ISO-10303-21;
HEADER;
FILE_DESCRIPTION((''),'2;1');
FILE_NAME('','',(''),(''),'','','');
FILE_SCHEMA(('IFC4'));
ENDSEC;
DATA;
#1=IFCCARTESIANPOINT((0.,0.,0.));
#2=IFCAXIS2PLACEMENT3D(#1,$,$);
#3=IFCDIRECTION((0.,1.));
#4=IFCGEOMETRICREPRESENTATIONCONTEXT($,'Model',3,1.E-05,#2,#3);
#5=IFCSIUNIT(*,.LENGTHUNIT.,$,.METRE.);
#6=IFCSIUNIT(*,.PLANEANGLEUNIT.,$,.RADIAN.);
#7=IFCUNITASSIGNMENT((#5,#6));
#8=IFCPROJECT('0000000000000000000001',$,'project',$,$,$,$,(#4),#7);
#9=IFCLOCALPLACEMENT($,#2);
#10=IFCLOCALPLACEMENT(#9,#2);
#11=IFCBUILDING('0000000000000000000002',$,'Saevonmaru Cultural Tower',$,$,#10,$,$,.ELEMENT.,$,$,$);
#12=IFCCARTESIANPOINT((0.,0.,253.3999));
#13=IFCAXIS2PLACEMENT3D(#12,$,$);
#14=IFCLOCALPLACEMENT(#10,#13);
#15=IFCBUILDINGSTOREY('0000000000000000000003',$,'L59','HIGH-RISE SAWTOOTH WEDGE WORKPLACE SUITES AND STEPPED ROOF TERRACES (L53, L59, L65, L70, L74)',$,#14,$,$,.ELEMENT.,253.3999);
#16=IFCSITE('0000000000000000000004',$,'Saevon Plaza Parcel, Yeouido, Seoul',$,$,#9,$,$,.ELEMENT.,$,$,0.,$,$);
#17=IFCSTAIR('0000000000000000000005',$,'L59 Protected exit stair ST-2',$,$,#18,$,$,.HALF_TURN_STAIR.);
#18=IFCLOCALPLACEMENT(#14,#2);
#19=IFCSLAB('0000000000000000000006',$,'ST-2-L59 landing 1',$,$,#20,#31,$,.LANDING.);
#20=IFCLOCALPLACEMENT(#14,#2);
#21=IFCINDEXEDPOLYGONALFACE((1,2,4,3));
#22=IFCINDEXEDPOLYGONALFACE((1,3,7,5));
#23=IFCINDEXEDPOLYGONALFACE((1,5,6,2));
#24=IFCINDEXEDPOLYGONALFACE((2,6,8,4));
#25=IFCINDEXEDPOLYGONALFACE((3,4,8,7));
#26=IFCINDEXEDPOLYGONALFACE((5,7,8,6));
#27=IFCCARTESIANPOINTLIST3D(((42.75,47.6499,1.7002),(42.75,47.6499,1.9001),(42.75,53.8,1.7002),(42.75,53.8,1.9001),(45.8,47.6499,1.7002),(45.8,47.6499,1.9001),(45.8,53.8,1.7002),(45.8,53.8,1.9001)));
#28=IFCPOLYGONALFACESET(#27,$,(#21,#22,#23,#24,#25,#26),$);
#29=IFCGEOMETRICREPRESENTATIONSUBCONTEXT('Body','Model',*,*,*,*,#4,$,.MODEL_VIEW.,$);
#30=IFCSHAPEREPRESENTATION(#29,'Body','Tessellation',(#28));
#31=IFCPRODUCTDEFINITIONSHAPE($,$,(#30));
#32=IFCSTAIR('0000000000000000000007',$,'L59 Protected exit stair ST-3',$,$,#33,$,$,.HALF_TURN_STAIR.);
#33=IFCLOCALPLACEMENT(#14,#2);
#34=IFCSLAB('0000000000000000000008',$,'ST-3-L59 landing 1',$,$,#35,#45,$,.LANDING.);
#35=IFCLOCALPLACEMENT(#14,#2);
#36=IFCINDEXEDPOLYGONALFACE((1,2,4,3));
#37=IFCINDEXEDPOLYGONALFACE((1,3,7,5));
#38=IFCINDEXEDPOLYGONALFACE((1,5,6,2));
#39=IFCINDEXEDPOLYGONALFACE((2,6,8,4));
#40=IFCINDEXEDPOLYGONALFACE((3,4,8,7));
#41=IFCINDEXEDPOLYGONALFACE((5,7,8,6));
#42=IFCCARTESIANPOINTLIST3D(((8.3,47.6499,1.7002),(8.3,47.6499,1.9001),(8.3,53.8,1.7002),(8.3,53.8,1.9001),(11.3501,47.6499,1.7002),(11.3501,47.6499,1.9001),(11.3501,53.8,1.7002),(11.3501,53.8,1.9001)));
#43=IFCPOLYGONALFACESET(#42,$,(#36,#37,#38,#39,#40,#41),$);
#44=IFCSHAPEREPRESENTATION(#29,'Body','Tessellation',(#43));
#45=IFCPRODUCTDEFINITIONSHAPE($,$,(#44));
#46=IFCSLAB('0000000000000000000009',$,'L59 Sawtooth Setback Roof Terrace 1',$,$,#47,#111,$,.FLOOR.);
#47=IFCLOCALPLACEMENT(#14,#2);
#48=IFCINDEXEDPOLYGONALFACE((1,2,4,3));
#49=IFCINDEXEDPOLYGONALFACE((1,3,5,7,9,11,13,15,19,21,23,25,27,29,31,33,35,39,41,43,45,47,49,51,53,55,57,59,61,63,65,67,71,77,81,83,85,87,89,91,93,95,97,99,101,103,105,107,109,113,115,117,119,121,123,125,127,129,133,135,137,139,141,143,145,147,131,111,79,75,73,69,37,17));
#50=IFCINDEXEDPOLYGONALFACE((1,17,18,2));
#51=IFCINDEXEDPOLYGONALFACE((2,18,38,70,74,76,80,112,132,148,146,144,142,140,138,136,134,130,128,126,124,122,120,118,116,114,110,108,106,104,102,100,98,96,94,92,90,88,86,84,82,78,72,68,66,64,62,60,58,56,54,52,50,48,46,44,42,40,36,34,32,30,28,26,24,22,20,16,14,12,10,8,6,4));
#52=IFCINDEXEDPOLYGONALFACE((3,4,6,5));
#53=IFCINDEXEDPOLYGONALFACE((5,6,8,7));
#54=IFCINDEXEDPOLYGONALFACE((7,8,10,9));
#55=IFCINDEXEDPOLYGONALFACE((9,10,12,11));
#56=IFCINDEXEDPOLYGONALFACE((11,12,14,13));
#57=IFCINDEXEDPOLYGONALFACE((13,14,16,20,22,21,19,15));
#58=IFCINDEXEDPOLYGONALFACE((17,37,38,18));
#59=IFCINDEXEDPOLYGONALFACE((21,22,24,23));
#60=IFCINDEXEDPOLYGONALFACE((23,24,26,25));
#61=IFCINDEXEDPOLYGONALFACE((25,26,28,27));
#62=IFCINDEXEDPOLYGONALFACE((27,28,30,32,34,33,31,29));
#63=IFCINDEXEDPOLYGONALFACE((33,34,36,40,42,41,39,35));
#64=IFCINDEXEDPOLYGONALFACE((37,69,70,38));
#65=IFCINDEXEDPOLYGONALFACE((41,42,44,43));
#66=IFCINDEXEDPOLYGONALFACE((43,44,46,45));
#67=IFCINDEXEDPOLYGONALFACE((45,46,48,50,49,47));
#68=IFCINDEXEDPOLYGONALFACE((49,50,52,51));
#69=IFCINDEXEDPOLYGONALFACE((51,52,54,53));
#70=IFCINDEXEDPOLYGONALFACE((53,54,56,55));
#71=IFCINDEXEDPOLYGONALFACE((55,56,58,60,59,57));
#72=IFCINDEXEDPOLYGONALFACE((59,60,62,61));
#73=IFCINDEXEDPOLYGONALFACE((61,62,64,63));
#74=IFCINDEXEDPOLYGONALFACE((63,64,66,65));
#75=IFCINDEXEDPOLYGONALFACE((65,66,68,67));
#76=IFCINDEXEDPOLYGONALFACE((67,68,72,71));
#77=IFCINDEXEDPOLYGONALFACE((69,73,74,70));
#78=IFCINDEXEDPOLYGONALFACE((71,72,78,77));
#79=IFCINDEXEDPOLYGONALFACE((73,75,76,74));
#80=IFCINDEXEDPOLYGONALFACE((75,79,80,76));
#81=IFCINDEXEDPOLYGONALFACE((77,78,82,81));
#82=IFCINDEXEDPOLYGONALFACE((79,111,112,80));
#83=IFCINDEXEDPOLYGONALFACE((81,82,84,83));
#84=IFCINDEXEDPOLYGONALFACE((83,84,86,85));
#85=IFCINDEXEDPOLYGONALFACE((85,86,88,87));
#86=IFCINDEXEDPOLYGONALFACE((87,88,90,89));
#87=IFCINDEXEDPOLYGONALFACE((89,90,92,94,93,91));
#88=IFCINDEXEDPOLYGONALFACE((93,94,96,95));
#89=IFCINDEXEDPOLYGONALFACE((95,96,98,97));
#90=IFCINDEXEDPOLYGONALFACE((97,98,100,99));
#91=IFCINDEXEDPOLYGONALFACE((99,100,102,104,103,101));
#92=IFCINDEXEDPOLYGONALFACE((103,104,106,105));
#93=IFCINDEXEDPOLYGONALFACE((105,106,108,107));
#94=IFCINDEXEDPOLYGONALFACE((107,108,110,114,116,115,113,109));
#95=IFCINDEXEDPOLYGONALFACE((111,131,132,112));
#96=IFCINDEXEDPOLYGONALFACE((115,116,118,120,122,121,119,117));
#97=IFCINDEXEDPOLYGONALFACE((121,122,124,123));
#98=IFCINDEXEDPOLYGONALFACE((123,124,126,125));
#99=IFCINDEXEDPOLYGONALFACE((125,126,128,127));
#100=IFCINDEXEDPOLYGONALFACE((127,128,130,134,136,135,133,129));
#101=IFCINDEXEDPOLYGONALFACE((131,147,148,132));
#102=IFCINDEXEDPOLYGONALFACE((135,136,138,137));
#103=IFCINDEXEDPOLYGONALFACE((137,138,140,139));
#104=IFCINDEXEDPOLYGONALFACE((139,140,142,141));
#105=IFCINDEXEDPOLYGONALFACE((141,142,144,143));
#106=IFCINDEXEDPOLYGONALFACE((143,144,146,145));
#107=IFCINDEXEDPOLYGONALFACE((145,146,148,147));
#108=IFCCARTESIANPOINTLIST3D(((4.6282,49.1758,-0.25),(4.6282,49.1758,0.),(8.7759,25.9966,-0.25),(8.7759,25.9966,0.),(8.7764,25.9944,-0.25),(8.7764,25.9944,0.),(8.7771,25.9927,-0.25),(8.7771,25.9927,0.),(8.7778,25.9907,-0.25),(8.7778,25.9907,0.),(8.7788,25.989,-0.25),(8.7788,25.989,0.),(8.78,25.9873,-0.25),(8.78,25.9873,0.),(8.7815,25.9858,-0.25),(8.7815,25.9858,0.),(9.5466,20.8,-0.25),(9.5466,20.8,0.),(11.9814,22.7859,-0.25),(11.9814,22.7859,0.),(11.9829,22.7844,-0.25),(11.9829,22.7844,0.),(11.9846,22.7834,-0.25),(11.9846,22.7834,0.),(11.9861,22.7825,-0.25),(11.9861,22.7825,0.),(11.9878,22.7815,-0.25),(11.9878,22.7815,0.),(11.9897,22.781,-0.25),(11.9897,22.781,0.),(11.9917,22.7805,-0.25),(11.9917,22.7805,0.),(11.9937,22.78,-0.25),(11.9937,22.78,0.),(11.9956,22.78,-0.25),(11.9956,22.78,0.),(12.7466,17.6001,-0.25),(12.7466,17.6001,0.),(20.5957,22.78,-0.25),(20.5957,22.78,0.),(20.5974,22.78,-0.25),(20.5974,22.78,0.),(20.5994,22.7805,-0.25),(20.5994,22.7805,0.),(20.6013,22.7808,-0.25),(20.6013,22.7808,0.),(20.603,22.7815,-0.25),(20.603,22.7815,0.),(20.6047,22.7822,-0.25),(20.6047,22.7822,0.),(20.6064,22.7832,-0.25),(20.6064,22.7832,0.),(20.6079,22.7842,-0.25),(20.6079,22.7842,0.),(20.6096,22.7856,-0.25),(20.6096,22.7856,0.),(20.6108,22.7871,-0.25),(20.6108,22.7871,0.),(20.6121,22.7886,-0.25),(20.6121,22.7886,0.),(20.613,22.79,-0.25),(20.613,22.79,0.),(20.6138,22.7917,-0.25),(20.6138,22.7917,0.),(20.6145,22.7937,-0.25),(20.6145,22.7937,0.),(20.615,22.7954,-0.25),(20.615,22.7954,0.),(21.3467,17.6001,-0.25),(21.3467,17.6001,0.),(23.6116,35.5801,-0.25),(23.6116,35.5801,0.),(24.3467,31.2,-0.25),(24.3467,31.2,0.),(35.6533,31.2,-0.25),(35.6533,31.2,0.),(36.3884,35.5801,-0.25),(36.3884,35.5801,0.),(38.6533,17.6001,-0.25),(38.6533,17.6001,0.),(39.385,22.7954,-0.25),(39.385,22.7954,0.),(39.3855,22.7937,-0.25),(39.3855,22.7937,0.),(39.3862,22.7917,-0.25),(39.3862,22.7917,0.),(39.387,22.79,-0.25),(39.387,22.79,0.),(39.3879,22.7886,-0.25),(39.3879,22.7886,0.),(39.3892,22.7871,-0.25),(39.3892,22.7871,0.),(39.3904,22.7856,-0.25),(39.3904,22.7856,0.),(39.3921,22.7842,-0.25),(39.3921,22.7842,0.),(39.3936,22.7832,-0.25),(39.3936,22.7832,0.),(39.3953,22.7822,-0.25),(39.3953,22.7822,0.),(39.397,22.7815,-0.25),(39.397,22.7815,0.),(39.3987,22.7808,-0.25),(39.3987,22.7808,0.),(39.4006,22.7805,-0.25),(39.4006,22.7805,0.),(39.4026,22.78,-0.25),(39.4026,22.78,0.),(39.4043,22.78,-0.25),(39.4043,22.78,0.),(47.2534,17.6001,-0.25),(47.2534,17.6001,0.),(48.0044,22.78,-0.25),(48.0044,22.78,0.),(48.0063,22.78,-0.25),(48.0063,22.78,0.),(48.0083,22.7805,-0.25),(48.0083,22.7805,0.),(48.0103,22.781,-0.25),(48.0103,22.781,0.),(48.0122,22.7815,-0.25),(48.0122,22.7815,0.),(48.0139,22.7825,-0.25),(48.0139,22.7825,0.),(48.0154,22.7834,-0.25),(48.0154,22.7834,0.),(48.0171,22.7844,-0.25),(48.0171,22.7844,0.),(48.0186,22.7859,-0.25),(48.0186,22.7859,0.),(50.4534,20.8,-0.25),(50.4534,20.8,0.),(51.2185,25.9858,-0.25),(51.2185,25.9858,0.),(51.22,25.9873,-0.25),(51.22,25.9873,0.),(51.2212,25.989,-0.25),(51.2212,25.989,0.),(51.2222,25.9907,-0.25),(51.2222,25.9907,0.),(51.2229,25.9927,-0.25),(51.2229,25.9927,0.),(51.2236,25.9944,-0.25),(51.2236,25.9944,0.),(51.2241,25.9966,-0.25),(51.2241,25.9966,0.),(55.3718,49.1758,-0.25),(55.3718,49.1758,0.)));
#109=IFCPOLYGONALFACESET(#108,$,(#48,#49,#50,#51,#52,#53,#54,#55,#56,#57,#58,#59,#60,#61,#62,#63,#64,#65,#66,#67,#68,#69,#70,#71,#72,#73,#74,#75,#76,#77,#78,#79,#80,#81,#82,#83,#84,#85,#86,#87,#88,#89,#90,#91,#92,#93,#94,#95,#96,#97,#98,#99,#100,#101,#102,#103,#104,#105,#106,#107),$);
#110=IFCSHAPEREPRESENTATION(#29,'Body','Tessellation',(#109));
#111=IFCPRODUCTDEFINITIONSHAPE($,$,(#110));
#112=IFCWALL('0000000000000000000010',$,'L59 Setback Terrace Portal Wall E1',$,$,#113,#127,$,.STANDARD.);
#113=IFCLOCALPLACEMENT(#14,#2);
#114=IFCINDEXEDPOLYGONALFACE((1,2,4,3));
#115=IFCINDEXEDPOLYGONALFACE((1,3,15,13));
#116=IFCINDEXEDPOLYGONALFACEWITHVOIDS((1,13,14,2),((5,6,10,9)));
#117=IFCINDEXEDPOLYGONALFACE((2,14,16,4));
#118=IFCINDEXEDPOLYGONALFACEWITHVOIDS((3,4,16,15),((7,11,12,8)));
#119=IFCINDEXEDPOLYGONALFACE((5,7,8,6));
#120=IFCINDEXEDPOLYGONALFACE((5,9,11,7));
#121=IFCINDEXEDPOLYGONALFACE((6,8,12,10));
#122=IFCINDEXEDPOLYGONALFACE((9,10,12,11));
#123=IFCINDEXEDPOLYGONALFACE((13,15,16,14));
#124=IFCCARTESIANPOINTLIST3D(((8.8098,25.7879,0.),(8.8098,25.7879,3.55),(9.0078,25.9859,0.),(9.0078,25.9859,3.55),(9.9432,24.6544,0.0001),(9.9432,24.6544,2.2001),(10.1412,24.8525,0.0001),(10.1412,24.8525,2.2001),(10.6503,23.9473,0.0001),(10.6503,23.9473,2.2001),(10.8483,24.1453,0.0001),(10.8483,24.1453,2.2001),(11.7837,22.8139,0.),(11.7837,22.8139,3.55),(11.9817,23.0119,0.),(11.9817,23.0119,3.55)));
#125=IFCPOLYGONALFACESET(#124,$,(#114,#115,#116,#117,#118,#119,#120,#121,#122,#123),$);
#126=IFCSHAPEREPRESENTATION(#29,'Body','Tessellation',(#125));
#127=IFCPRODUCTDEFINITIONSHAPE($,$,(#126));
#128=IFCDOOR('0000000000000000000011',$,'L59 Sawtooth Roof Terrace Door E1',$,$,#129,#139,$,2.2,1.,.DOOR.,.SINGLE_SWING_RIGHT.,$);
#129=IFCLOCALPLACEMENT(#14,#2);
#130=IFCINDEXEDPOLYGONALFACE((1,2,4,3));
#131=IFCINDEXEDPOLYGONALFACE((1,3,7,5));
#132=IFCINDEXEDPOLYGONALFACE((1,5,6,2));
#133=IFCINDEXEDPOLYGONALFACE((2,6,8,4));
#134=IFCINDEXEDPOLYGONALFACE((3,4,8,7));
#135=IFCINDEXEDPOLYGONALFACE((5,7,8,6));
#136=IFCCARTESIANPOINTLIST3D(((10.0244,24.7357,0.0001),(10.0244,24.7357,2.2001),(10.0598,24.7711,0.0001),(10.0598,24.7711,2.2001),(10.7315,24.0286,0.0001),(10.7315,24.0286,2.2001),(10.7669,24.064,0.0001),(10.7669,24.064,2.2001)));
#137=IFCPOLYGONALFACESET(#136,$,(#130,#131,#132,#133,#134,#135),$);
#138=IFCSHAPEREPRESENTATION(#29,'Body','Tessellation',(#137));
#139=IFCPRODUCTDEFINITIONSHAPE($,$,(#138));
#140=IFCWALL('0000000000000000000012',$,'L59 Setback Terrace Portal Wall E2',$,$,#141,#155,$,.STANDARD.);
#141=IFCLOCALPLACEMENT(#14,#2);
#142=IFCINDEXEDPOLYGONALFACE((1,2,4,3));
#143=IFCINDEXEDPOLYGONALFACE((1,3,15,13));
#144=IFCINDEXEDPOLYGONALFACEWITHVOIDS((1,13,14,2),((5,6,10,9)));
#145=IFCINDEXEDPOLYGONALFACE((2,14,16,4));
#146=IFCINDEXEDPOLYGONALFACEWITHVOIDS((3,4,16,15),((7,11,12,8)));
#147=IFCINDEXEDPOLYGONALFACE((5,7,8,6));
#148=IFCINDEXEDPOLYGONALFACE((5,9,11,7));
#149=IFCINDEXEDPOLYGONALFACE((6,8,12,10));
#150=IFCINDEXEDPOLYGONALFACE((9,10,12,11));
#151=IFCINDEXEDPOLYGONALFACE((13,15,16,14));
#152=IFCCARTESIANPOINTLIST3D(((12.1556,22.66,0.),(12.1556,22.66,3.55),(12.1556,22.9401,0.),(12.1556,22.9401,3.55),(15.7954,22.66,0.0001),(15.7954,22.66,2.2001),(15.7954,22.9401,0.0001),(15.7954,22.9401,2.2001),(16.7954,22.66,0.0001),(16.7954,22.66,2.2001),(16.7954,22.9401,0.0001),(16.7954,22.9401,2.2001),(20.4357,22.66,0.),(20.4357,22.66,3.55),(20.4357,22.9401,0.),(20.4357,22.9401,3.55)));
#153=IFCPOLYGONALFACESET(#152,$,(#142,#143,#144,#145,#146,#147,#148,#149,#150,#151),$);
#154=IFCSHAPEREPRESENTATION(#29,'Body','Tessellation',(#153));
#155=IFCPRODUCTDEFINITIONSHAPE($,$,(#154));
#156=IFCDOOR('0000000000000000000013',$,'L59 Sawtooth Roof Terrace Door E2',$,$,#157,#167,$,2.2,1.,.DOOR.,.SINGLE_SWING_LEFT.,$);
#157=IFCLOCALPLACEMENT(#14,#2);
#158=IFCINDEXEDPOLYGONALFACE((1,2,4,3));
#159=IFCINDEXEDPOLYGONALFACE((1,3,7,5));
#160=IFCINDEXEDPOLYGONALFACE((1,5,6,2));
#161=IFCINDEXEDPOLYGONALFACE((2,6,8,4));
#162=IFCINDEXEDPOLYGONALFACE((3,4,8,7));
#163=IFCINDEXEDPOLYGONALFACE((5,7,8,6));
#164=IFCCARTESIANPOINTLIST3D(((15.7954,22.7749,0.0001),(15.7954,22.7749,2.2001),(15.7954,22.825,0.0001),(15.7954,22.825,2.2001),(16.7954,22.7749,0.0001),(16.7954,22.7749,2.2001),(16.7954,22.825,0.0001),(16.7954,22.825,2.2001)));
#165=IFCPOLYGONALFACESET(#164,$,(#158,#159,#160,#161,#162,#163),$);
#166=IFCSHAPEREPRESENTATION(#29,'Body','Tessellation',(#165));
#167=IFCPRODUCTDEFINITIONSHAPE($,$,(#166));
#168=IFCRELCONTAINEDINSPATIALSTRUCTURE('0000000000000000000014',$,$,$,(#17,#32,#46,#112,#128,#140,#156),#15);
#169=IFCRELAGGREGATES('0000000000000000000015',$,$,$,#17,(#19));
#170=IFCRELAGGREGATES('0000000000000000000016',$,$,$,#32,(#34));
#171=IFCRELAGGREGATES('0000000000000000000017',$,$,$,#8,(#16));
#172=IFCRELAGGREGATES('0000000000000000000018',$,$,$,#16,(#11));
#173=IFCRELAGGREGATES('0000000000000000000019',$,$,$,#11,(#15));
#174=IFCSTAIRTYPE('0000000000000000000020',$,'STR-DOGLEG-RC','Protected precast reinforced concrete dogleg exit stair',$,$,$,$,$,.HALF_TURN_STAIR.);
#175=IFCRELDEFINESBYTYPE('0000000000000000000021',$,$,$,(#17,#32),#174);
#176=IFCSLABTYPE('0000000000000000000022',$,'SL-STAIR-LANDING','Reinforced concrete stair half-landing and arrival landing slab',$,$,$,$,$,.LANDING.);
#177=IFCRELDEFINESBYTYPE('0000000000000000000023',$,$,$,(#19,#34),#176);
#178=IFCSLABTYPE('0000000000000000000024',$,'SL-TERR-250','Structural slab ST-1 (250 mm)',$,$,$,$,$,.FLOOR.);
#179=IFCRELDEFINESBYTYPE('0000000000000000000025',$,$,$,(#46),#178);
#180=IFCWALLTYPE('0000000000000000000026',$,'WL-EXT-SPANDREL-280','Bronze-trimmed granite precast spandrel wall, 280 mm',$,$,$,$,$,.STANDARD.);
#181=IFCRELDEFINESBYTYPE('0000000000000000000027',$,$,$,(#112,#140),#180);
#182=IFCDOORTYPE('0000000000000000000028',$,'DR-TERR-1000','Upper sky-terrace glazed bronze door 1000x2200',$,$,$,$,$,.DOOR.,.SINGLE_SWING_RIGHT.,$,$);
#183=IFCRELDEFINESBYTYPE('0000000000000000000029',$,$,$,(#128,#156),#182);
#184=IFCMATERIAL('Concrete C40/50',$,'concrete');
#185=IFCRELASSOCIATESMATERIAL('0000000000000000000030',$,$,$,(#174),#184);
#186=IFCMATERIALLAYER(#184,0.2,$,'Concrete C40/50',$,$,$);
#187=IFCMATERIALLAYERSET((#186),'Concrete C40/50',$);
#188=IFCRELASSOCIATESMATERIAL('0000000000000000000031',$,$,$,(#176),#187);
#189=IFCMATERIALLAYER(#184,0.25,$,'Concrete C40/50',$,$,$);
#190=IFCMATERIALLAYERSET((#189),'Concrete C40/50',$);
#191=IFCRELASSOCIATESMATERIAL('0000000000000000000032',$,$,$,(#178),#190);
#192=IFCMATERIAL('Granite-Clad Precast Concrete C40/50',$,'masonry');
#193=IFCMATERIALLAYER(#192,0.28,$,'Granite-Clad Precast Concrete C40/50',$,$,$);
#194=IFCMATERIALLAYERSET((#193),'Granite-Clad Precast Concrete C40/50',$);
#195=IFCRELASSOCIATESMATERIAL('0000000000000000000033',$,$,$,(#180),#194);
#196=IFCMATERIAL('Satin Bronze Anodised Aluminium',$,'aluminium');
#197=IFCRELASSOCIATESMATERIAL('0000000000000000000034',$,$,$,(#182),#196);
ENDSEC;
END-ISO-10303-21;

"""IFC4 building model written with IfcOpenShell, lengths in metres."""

from ifc_helpers import new_model, si_unit, direction, frame, frame_2d, origin, place, context, subcontext, project, spatial, polyline, rectangle, outline, extrude, material, layer, layer_set, type_object, element, fill, aggregate, save


model = new_model("IFC4")

# Units and contexts
model_context = context("Model", 3, precision=1e-05, world=origin(), true_north=direction((0.0, 1.0)))
body_context = subcontext(model_context, "Body", "Model", "MODEL_VIEW")
ifc_project = project(units=[si_unit("LENGTHUNIT", "METRE"), si_unit("PLANEANGLEUNIT", "RADIAN")], contexts=[model_context])

# Site, building, storey
site_placement = place(None, origin())
site = spatial("IfcSite", under=ifc_project, at=site_placement, Name="Saevon Plaza Parcel, Yeouido, Seoul", CompositionType="ELEMENT", RefElevation=0.0)
building_placement = place(site_placement, origin())
building = spatial("IfcBuilding", under=site, at=building_placement, Name="Saevonmaru Cultural Tower", CompositionType="ELEMENT")
storey_placement = place(building_placement, frame((0.0, 0.0, 253.3999)))
storey = spatial("IfcBuildingStorey", under=building, at=storey_placement, Name="L59", Description="HIGH-RISE SAWTOOTH WEDGE WORKPLACE SUITES AND STEPPED ROOF TERRACES (L53, L59, L65, L70, L74)", CompositionType="ELEMENT", Elevation=253.3999)

# Shared definitions
ifc_material_1 = material(Name="Satin Bronze Anodised Aluminium", Category="aluminium")

# Stairs, slabs
ifc_material_2 = material(Name="Concrete C40/50", Category="concrete")
stair_type = type_object("IfcStairType", Name="STR-DOGLEG-RC", Description="Protected precast reinforced concrete dogleg exit stair", PredefinedType="HALF_TURN_STAIR", material=ifc_material_2)
ifc_layer_1 = layer(ifc_material_2, 0.2, Name="Concrete C40/50")
ifc_layer_set_1 = layer_set([ifc_layer_1], Name="Concrete C40/50")
slab_type_1 = type_object("IfcSlabType", Name="SL-STAIR-LANDING", Description="Reinforced concrete stair half-landing and arrival landing slab", PredefinedType="LANDING", material=ifc_layer_set_1)
stair_1_placement = place(storey_placement, origin())
stair_1 = element("IfcStair", 1, at=stair_1_placement, inside=storey, type_object=stair_type, Name="L59 Protected exit stair ST-2", PredefinedType="HALF_TURN_STAIR")
slab_1_placement = place(storey_placement, frame((0.0, 0.0, 1.7002)))
slab_1 = element("IfcSlab", 2, at=slab_1_placement, type_object=slab_type_1, Name="ST-2-L59 landing 1", PredefinedType="LANDING", context=body_context, shape_type="SweptSolid", body=[
    extrude(outline(polyline([(45.8, 47.6499), (45.8, 53.8), (42.75, 53.8), (42.75, 47.6499), (45.8, 47.6499)])), origin(), (0.0, 0.0, 1.0), 0.2),
])
aggregate(stair_1, [slab_1])
stair_2_placement = place(storey_placement, origin())
stair_2 = element("IfcStair", 3, at=stair_2_placement, inside=storey, type_object=stair_type, Name="L59 Protected exit stair ST-3", PredefinedType="HALF_TURN_STAIR")
slab_2_placement = place(storey_placement, frame((0.0, 0.0, 1.7002)))
slab_2 = element("IfcSlab", 4, at=slab_2_placement, type_object=slab_type_1, Name="ST-3-L59 landing 1", PredefinedType="LANDING", context=body_context, shape_type="SweptSolid", body=[
    extrude(outline(polyline([(11.3501, 47.6499), (11.3501, 53.8), (8.3, 53.8), (8.3, 47.6499), (11.3501, 47.6499)])), origin(), (0.0, 0.0, 1.0), 0.2),
])
aggregate(stair_2, [slab_2])

# Slab
ifc_layer_2 = layer(ifc_material_2, 0.25, Name="Concrete C40/50")
ifc_layer_set_2 = layer_set([ifc_layer_2], Name="Concrete C40/50")
slab_type_2 = type_object("IfcSlabType", Name="SL-TERR-250", Description="Structural slab ST-1 (250 mm)", PredefinedType="FLOOR", material=ifc_layer_set_2)
slab_3_placement = place(storey_placement, frame((0.0, 0.0, -0.25)))
element("IfcSlab", 5, at=slab_3_placement, inside=storey, type_object=slab_type_2, Name="L59 Sawtooth Setback Roof Terrace 1", PredefinedType="FLOOR", context=body_context, shape_type="SweptSolid", body=[
    extrude(outline(polyline([(55.3718, 49.1758), (51.2241, 25.9966), (51.2236, 25.9944), (51.2229, 25.9927), (51.2222, 25.9907), (51.2212, 25.989), (51.22, 25.9873), (51.2185, 25.9858), (48.0186, 22.7859), (48.0171, 22.7844), (48.0154, 22.7834), (48.0139, 22.7825), (48.0122, 22.7815), (48.0103, 22.781), (48.0083, 22.7805), (48.0063, 22.78), (48.0044, 22.78), (39.4043, 22.78), (39.4026, 22.78), (39.4006, 22.7805), (39.3987, 22.7808), (39.397, 22.7815), (39.3953, 22.7822), (39.3936, 22.7832), (39.3921, 22.7842), (39.3904, 22.7856), (39.3892, 22.7871), (39.3879, 22.7886), (39.387, 22.79), (39.3862, 22.7917), (39.3855, 22.7937), (39.385, 22.7954), (36.3884, 35.5801), (23.6116, 35.5801), (20.615, 22.7954), (20.6145, 22.7937), (20.6138, 22.7917), (20.613, 22.79), (20.6121, 22.7886), (20.6108, 22.7871), (20.6096, 22.7856), (20.6079, 22.7842), (20.6064, 22.7832), (20.6047, 22.7822), (20.603, 22.7815), (20.6013, 22.7808), (20.5994, 22.7805), (20.5974, 22.78), (20.5957, 22.78), (11.9956, 22.78), (11.9937, 22.78), (11.9917, 22.7805), (11.9897, 22.781), (11.9878, 22.7815), (11.9861, 22.7825), (11.9846, 22.7834), (11.9829, 22.7844), (11.9814, 22.7859), (8.7815, 25.9858), (8.78, 25.9873), (8.7788, 25.989), (8.7778, 25.9907), (8.7771, 25.9927), (8.7764, 25.9944), (8.7759, 25.9966), (4.6282, 49.1758), (9.5466, 20.8), (12.7466, 17.6001), (21.3467, 17.6001), (24.3467, 31.2), (35.6533, 31.2), (38.6533, 17.6001), (47.2534, 17.6001), (50.4534, 20.8), (55.3718, 49.1758)])), origin(), (0.0, 0.0, 1.0), 0.25),
])

# Walls, openings, doors
ifc_material_3 = material(Name="Granite-Clad Precast Concrete C40/50", Category="masonry")
ifc_layer_3 = layer(ifc_material_3, 0.28, Name="Granite-Clad Precast Concrete C40/50")
ifc_layer_set_3 = layer_set([ifc_layer_3], Name="Granite-Clad Precast Concrete C40/50")
wall_type_1 = type_object("IfcWallType", Name="WL-EXT-SPANDREL-280", Description="Bronze-trimmed granite precast spandrel wall, 280 mm", PredefinedType="STANDARD", material=ifc_layer_set_3)
wall_1_placement = place(storey_placement, frame((8.9087, 25.887, 0.0), z_axis=(0.0, 0.0, 1.0), x_axis=(0.707107, -0.707107, 0.0)))
wall_1 = element("IfcWall", 6, at=wall_1_placement, inside=storey, type_object=wall_type_1, Name="L59 Setback Terrace Portal Wall E1", PredefinedType="STANDARD", context=body_context, shape_type="SweptSolid", body=[
    extrude(rectangle(XDim=4.2058, YDim=0.28, at=frame_2d((2.103, 0.0))), origin(), (0.0, 0.0, 1.0), 3.55),
])
opening_1_placement = place(wall_1_placement, frame((1.603, 0.0, 0.0)))
opening_1 = element("IfcOpeningElement", 7, at=opening_1_placement, cuts=wall_1, PredefinedType="OPENING", context=body_context, shape_type="SweptSolid", body=[
    extrude(rectangle(XDim=1.0, YDim=2.2, at=frame_2d((0.5, 1.1001))), frame((0.0, 0.1499, 0.0), z_axis=(0.0, -1.0, 0.0), x_axis=(1.0, 0.0, 0.0)), (0.0, 0.0, 1.0), 0.3),
])
door_type = type_object("IfcDoorType", Name="DR-TERR-1000", Description="Upper sky-terrace glazed bronze door 1000x2200", OperationType="SINGLE_SWING_RIGHT", PredefinedType="DOOR", material=ifc_material_1)
door_1_placement = place(opening_1_placement, origin())
door_1 = element("IfcDoor", 8, at=door_1_placement, inside=storey, type_object=door_type, Name="L59 Sawtooth Roof Terrace Door E1", OperationType="SINGLE_SWING_RIGHT", OverallHeight=2.2, OverallWidth=1.0, PredefinedType="DOOR", context=body_context, shape_type="SweptSolid", body=[
    extrude(rectangle(XDim=1.0, YDim=2.2, at=frame_2d((0.5, 1.1001))), frame((0.0, 0.0249, 0.0), z_axis=(0.0, -1.0, 0.0), x_axis=(1.0, 0.0, 0.0)), (0.0, 0.0, 1.0), 0.05),
])
fill(opening_1, door_1)
wall_2_placement = place(storey_placement, frame((12.1555, 22.8, 0.0), z_axis=(0.0, 0.0, 1.0), x_axis=(1.0, 0.0, 0.0)))
wall_2 = element("IfcWall", 9, at=wall_2_placement, inside=storey, type_object=wall_type_1, Name="L59 Setback Terrace Portal Wall E2", PredefinedType="STANDARD", context=body_context, shape_type="SweptSolid", body=[
    extrude(rectangle(XDim=8.28, YDim=0.28, at=frame_2d((4.1401, 0.0))), origin(), (0.0, 0.0, 1.0), 3.55),
])
opening_2_placement = place(wall_2_placement, frame((3.6399, 0.0, 0.0)))
opening_2 = element("IfcOpeningElement", 10, at=opening_2_placement, cuts=wall_2, PredefinedType="OPENING", context=body_context, shape_type="SweptSolid", body=[
    extrude(rectangle(XDim=1.0, YDim=2.2, at=frame_2d((0.5, 1.1001))), frame((0.0, 0.1499, 0.0), z_axis=(0.0, -1.0, 0.0), x_axis=(1.0, 0.0, 0.0)), (0.0, 0.0, 1.0), 0.3),
])
door_2_placement = place(opening_2_placement, origin())
door_2 = element("IfcDoor", 11, at=door_2_placement, inside=storey, type_object=door_type, Name="L59 Sawtooth Roof Terrace Door E2", OperationType="SINGLE_SWING_LEFT", OverallHeight=2.2, OverallWidth=1.0, PredefinedType="DOOR", context=body_context, shape_type="SweptSolid", body=[
    extrude(rectangle(XDim=1.0, YDim=2.2, at=frame_2d((0.5, 1.1001))), frame((0.0, 0.0249, 0.0), z_axis=(0.0, -1.0, 0.0), x_axis=(1.0, 0.0, 0.0)), (0.0, 0.0, 1.0), 0.05),
])
fill(opening_2, door_2)

save(model, "model.ifc")
